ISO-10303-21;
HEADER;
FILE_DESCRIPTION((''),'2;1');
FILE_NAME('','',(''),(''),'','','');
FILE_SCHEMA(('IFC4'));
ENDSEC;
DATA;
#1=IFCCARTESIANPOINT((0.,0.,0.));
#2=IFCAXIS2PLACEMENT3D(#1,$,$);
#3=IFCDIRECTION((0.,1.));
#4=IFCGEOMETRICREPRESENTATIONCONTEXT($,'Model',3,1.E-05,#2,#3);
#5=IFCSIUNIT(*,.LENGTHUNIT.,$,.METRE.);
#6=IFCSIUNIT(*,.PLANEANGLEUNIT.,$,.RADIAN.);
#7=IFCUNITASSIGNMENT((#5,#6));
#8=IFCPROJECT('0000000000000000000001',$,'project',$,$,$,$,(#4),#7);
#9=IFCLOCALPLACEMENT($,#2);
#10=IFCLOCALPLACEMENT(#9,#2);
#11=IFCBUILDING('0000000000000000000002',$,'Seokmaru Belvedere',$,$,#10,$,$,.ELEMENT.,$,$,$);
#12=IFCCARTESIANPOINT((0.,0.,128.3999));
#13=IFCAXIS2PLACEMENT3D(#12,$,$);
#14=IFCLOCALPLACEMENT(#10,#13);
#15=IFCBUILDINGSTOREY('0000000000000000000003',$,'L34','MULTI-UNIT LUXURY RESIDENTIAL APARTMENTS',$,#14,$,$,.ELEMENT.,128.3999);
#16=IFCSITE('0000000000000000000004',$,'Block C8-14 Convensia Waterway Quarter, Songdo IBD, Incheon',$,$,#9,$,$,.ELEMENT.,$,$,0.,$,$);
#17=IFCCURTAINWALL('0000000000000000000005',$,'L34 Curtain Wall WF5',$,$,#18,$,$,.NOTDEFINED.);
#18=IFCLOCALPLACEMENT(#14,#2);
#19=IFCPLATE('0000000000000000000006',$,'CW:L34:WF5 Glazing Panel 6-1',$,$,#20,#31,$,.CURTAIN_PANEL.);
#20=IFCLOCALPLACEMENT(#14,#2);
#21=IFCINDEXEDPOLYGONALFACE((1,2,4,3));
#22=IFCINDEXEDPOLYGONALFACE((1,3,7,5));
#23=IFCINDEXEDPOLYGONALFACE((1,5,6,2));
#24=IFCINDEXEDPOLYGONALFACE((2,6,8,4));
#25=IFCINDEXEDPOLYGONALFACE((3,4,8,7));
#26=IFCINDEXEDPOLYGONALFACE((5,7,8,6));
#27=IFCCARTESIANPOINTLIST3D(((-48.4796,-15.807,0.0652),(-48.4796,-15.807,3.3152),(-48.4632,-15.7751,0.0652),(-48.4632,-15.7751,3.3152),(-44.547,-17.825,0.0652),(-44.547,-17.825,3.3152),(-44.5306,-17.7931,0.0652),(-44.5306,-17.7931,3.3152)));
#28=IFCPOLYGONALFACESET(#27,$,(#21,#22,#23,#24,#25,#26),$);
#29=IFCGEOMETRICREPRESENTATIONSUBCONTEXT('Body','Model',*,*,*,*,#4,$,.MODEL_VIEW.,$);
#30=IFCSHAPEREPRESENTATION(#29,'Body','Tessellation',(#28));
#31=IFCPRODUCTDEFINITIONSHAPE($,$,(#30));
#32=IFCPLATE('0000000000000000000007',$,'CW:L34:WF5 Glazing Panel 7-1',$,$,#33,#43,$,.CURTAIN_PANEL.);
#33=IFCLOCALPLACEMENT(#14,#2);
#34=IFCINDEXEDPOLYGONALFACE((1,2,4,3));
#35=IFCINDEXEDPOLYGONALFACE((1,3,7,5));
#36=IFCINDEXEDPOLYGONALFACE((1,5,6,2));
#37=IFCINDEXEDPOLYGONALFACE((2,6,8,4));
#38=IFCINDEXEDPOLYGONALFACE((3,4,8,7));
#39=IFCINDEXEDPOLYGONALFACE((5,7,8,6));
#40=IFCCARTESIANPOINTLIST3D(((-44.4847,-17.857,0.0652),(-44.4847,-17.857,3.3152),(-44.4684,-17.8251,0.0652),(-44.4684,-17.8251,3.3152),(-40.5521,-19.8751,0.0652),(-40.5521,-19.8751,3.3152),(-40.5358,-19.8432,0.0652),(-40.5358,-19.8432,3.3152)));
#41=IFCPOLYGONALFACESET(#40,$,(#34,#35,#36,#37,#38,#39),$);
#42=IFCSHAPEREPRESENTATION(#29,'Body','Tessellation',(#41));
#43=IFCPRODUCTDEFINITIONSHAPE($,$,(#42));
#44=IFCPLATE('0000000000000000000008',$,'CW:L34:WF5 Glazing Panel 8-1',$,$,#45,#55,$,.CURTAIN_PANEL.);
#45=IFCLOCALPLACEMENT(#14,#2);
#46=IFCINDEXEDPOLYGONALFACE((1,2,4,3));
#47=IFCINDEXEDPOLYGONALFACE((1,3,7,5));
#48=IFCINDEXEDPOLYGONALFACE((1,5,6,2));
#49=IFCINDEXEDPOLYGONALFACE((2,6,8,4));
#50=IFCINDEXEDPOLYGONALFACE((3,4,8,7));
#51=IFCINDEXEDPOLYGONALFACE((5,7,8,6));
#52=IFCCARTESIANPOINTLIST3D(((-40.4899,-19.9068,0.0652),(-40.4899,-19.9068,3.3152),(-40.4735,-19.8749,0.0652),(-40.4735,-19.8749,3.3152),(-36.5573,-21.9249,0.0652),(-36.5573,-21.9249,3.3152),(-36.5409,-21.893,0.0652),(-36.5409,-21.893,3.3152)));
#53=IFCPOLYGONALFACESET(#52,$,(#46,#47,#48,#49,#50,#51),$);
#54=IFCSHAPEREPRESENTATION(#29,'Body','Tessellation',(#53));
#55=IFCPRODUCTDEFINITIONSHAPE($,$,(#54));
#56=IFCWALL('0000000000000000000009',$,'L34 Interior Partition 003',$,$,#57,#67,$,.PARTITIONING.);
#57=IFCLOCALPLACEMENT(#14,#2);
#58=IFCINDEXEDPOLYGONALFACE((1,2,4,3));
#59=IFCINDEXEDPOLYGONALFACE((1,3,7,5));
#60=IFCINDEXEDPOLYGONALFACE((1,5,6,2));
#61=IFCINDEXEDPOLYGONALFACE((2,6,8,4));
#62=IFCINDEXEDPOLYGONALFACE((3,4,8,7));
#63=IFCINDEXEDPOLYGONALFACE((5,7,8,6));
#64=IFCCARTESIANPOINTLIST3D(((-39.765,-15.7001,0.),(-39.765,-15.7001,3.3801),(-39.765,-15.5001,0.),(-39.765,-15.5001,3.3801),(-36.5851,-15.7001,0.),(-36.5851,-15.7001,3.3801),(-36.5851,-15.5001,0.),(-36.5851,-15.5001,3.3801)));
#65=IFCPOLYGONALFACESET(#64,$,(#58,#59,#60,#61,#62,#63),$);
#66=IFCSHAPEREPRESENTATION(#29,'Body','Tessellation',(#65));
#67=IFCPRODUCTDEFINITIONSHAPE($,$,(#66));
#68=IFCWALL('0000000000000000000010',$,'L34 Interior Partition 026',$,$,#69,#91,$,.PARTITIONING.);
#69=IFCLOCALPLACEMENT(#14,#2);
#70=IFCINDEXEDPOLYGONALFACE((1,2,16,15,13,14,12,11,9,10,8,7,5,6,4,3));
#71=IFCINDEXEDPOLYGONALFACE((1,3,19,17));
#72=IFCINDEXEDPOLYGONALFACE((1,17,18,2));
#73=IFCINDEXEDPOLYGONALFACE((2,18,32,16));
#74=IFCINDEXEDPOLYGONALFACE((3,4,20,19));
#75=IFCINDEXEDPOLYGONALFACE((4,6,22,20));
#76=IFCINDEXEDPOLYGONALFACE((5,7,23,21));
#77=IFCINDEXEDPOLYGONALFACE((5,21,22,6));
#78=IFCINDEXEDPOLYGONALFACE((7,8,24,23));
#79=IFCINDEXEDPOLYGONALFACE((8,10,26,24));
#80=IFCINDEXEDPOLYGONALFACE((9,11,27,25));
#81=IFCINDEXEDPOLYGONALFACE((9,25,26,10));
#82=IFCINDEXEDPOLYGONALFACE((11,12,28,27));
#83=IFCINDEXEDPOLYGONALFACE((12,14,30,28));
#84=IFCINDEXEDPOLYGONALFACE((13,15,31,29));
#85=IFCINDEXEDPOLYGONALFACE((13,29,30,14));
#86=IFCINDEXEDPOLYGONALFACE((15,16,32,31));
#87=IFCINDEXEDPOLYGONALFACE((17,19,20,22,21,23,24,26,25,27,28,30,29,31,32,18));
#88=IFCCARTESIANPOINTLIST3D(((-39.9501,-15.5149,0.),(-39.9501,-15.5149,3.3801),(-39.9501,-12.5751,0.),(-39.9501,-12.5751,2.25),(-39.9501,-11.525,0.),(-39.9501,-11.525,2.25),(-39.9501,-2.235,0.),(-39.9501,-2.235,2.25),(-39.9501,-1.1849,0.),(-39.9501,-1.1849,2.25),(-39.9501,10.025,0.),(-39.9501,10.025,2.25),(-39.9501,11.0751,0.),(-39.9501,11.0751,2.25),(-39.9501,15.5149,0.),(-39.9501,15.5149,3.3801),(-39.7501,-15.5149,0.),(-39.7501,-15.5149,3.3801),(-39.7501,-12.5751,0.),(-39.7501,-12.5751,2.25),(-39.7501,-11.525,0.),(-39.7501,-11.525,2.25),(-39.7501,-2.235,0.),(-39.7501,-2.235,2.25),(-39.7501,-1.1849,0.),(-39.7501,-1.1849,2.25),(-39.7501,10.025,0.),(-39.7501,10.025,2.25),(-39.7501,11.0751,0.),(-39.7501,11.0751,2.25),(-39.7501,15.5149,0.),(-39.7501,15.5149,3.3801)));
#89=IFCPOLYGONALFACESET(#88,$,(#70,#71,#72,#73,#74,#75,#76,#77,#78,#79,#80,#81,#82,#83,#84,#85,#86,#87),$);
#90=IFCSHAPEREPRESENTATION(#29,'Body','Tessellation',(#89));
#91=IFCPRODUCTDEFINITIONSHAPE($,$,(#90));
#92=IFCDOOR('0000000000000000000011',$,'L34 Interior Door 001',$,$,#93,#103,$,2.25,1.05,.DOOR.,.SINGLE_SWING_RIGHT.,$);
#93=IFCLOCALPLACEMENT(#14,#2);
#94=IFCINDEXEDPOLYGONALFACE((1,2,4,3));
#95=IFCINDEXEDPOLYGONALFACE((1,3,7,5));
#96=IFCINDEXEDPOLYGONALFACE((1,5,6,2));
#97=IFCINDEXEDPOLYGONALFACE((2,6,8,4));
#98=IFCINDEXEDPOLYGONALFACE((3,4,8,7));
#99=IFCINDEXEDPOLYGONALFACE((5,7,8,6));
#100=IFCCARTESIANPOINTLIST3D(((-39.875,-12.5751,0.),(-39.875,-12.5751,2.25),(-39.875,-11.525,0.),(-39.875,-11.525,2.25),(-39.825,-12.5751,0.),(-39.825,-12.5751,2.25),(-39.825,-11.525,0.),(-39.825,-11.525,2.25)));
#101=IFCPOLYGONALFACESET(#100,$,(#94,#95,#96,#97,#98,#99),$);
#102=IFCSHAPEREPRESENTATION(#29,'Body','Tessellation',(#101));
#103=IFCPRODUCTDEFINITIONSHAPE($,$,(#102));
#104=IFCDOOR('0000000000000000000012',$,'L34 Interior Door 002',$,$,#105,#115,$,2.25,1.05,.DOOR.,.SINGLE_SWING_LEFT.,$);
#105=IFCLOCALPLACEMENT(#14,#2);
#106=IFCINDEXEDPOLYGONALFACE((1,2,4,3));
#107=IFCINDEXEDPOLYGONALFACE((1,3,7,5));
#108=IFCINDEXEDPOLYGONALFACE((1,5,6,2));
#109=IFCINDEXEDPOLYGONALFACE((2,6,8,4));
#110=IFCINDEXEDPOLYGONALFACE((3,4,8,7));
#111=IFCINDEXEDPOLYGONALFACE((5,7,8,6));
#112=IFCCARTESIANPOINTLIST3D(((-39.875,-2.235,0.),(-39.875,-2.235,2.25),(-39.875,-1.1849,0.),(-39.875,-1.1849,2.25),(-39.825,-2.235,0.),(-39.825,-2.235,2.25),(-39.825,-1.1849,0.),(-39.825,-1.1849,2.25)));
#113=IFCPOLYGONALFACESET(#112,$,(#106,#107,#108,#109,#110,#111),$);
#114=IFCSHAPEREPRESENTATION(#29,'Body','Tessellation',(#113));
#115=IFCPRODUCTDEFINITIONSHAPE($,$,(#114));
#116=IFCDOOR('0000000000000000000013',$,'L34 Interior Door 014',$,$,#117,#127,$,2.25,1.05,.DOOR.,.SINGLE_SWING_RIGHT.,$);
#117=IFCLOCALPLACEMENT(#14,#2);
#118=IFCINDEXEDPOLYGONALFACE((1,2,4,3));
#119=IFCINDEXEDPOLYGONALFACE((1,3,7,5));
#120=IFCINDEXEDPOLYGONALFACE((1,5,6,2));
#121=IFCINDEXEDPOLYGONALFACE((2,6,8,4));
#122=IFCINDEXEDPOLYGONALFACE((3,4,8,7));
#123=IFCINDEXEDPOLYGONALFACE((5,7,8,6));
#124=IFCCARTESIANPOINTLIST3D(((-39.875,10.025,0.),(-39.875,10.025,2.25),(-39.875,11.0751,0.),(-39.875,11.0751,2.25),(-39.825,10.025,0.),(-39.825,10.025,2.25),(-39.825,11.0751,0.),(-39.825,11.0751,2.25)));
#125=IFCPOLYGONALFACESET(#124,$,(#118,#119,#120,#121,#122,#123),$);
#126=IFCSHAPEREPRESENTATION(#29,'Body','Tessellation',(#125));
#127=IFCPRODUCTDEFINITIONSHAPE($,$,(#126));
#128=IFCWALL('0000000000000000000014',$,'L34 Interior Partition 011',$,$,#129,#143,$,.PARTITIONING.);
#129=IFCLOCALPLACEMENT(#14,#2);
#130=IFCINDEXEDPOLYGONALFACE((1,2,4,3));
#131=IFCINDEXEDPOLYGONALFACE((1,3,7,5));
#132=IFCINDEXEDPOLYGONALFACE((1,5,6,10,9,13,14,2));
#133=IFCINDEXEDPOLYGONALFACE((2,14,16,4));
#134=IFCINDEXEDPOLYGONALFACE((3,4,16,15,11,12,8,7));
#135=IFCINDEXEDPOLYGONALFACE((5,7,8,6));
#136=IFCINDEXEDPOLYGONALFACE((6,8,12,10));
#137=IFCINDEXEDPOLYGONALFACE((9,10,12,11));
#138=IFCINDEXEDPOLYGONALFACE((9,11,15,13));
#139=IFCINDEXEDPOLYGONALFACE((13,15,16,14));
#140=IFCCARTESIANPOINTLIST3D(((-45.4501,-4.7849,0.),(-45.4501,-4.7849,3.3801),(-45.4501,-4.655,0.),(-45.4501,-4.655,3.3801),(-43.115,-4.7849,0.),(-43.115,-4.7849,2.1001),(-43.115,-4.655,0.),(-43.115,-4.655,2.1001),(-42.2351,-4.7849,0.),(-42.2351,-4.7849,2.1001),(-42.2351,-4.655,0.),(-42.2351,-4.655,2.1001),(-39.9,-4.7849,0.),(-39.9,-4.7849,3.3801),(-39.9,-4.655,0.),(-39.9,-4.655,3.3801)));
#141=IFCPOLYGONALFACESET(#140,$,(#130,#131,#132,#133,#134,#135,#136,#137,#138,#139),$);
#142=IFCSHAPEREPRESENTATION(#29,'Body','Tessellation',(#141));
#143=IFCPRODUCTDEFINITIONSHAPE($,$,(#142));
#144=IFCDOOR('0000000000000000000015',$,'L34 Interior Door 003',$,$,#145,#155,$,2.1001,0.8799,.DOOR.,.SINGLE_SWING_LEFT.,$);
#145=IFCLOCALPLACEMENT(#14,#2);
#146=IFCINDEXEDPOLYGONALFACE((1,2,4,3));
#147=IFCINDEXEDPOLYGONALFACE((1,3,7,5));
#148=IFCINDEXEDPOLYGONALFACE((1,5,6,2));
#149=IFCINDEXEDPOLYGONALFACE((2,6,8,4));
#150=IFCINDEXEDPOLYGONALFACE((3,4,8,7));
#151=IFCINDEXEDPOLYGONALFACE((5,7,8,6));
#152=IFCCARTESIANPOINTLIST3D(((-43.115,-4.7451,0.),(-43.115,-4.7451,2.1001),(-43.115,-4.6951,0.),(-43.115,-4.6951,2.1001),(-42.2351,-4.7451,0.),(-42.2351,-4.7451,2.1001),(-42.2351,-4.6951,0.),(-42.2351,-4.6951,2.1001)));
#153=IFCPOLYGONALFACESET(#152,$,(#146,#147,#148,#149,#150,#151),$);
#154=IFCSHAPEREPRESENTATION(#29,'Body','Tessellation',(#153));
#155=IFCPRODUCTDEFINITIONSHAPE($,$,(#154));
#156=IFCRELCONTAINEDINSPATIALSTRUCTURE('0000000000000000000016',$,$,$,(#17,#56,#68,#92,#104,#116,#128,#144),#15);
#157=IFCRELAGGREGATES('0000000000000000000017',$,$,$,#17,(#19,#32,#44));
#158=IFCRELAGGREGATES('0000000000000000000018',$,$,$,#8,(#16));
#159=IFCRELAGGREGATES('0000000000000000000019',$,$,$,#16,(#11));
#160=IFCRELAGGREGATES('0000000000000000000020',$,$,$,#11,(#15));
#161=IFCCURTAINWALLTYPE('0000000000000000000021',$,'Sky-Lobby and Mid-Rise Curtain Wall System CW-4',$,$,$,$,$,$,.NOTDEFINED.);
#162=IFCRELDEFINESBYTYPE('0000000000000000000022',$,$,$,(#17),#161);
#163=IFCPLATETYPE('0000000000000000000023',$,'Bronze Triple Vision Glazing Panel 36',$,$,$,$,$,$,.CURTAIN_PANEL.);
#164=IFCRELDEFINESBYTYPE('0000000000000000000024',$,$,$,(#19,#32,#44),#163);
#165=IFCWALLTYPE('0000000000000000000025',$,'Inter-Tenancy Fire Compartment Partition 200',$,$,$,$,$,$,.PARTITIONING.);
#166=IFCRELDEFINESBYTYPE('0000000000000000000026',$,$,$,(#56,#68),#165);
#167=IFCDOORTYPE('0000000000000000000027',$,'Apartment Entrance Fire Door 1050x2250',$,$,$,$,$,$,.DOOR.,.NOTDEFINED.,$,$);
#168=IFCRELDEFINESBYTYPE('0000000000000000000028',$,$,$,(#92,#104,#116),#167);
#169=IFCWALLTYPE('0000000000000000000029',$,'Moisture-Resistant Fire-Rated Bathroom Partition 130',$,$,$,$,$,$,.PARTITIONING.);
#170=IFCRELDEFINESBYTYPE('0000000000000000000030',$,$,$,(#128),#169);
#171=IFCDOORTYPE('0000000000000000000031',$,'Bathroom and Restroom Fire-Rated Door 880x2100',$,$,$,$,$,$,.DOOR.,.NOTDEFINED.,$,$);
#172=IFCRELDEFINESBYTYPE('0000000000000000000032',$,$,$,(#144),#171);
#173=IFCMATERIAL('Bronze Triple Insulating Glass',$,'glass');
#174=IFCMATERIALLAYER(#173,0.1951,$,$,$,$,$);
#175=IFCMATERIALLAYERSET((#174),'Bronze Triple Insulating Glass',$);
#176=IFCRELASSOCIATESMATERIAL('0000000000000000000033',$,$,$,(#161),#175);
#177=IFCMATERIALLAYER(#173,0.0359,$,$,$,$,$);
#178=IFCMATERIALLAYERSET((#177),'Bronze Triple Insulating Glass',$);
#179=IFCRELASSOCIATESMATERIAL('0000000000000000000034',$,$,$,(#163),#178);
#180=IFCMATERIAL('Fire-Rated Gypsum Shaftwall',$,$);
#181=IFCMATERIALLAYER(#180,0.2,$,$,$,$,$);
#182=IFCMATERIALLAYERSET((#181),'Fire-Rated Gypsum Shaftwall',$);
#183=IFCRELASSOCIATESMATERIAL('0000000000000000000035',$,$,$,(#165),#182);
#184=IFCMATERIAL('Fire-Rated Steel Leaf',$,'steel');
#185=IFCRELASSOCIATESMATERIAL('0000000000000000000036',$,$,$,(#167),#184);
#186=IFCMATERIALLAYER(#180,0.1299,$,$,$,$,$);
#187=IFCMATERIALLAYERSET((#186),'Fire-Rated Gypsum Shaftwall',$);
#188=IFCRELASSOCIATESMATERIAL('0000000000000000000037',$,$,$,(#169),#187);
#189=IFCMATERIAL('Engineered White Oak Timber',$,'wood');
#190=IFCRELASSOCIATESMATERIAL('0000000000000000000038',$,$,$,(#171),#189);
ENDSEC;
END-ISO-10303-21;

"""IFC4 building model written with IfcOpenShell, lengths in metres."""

from ifc_helpers import new_model, si_unit, direction, frame, frame_2d, origin, origin_2d, place, context, subcontext, project, spatial, rectangle, extrude, source, transform, mapped, material, layer, layer_set, type_object, type_shapes, element, fill, aggregate, save


model = new_model("IFC4")

# Units and contexts
model_context = context("Model", 3, precision=1e-05, world=origin(), true_north=direction((0.0, 1.0)))
body_context = subcontext(model_context, "Body", "Model", "MODEL_VIEW")
ifc_project = project(units=[si_unit("LENGTHUNIT", "METRE"), si_unit("PLANEANGLEUNIT", "RADIAN")], contexts=[model_context])

# Site, building, storey
site_placement = place(None, origin())
site = spatial("IfcSite", under=ifc_project, at=site_placement, Name="Block C8-14 Convensia Waterway Quarter, Songdo IBD, Incheon", CompositionType="ELEMENT", RefElevation=0.0)
building_placement = place(site_placement, origin())
building = spatial("IfcBuilding", under=site, at=building_placement, Name="Seokmaru Belvedere", CompositionType="ELEMENT")
storey_placement = place(building_placement, frame((0.0, 0.0, 128.3999)))
storey = spatial("IfcBuildingStorey", under=building, at=storey_placement, Name="L34", Description="MULTI-UNIT LUXURY RESIDENTIAL APARTMENTS", CompositionType="ELEMENT", Elevation=128.3999)

# Curtain wall, plates
ifc_material_1 = material(Name="Bronze Triple Insulating Glass", Category="glass")
ifc_layer_1 = layer(ifc_material_1, 0.1951)
ifc_layer_set_1 = layer_set([ifc_layer_1], Name="Bronze Triple Insulating Glass")
curtain_wall_type = type_object("IfcCurtainWallType", Name="Sky-Lobby and Mid-Rise Curtain Wall System CW-4", PredefinedType="NOTDEFINED", material=ifc_layer_set_1)
curtain_wall_placement = place(storey_placement, origin())
curtain_wall = element("IfcCurtainWall", 1, at=curtain_wall_placement, inside=storey, type_object=curtain_wall_type, Name="L34 Curtain Wall WF5", PredefinedType="NOTDEFINED")
ifc_layer_2 = layer(ifc_material_1, 0.0359)
ifc_layer_set_2 = layer_set([ifc_layer_2], Name="Bronze Triple Insulating Glass")
plate_type = type_object("IfcPlateType", Name="Bronze Triple Vision Glazing Panel 36", PredefinedType="CURTAIN_PANEL", material=ifc_layer_set_2)
shared_shape_1 = source(origin(), body_context, "Body", "SweptSolid", [
    extrude(rectangle(XDim=4.4202, YDim=0.0359, at=origin_2d()), origin(), (0.0, 0.0, 1.0), 3.25),
])
type_shapes(plate_type, [shared_shape_1])
plate_1_placement = place(storey_placement, frame((-46.5051, -16.8, 0.0652), z_axis=(0.0, 0.0, 1.0), x_axis=(0.889695, -0.456555, 0.0)))
plate_1 = element("IfcPlate", 2, at=plate_1_placement, type_object=plate_type, Name="CW:L34:WF5 Glazing Panel 6-1", PredefinedType="CURTAIN_PANEL", context=body_context, shape_type="MappedRepresentation", body=[
    mapped(shared_shape_1, transform((0.0, 0.0, 0.0), scale=1.0)),
])
plate_2_placement = place(storey_placement, frame((-42.5103, -18.8501, 0.0652), z_axis=(0.0, 0.0, 1.0), x_axis=(0.889695, -0.456555, 0.0)))
plate_2 = element("IfcPlate", 3, at=plate_2_placement, type_object=plate_type, Name="CW:L34:WF5 Glazing Panel 7-1", PredefinedType="CURTAIN_PANEL", context=body_context, shape_type="MappedRepresentation", body=[
    mapped(shared_shape_1, transform((0.0, 0.0, 0.0), scale=1.0)),
])
plate_3_placement = place(storey_placement, frame((-38.5154, -20.8999, 0.0652), z_axis=(0.0, 0.0, 1.0), x_axis=(0.889695, -0.456555, 0.0)))
plate_3 = element("IfcPlate", 4, at=plate_3_placement, type_object=plate_type, Name="CW:L34:WF5 Glazing Panel 8-1", PredefinedType="CURTAIN_PANEL", context=body_context, shape_type="MappedRepresentation", body=[
    mapped(shared_shape_1, transform((0.0, 0.0, 0.0), scale=1.0)),
])
aggregate(curtain_wall, [plate_1, plate_2, plate_3])

# Wall
ifc_material_2 = material(Name="Fire-Rated Gypsum Shaftwall")
ifc_layer_3 = layer(ifc_material_2, 0.2)
ifc_layer_set_3 = layer_set([ifc_layer_3], Name="Fire-Rated Gypsum Shaftwall")
wall_type_1 = type_object("IfcWallType", Name="Inter-Tenancy Fire Compartment Partition 200", PredefinedType="PARTITIONING", material=ifc_layer_set_3)
wall_1_placement = place(storey_placement, frame((-39.7649, -15.6001, 0.0), z_axis=(0.0, 0.0, 1.0), x_axis=(1.0, 0.0, 0.0)))
element("IfcWall", 5, at=wall_1_placement, inside=storey, type_object=wall_type_1, Name="L34 Interior Partition 003", PredefinedType="PARTITIONING", context=body_context, shape_type="SweptSolid", body=[
    extrude(rectangle(XDim=3.1799, YDim=0.2, at=frame_2d((1.5898, 0.0))), origin(), (0.0, 0.0, 1.0), 3.3801),
])

# Wall, openings, doors
wall_2_placement = place(storey_placement, frame((-39.8501, -15.5149, 0.0), z_axis=(0.0, 0.0, 1.0), x_axis=(0.0, 1.0, 0.0)))
wall_2 = element("IfcWall", 6, at=wall_2_placement, inside=storey, type_object=wall_type_1, Name="L34 Interior Partition 026", PredefinedType="PARTITIONING", context=body_context, shape_type="SweptSolid", body=[
    extrude(rectangle(XDim=31.0298, YDim=0.2, at=frame_2d((15.5149, 0.0))), origin(), (0.0, 0.0, 1.0), 3.3801),
])
opening_1_placement = place(wall_2_placement, frame((2.9399, 0.0, 0.0)))
opening_1 = element("IfcOpeningElement", 7, at=opening_1_placement, cuts=wall_2, PredefinedType="OPENING", context=body_context, shape_type="SweptSolid", body=[
    extrude(rectangle(XDim=1.05, YDim=2.25, at=frame_2d((0.5249, 1.125))), frame((0.0, 0.1099, 0.0), z_axis=(0.0, -1.0, 0.0), x_axis=(1.0, 0.0, 0.0)), (0.0, 0.0, 1.0), 0.22),
])
opening_2_placement = place(wall_2_placement, frame((13.28, 0.0, 0.0)))
opening_2 = element("IfcOpeningElement", 8, at=opening_2_placement, cuts=wall_2, PredefinedType="OPENING", context=body_context, shape_type="SweptSolid", body=[
    extrude(rectangle(XDim=1.05, YDim=2.25, at=frame_2d((0.5249, 1.125))), frame((0.0, 0.1099, 0.0), z_axis=(0.0, -1.0, 0.0), x_axis=(1.0, 0.0, 0.0)), (0.0, 0.0, 1.0), 0.22),
])
opening_3_placement = place(wall_2_placement, frame((25.54, 0.0, 0.0)))
opening_3 = element("IfcOpeningElement", 9, at=opening_3_placement, cuts=wall_2, PredefinedType="OPENING", context=body_context, shape_type="SweptSolid", body=[
    extrude(rectangle(XDim=1.05, YDim=2.25, at=frame_2d((0.5249, 1.125))), frame((0.0, 0.1099, 0.0), z_axis=(0.0, -1.0, 0.0), x_axis=(1.0, 0.0, 0.0)), (0.0, 0.0, 1.0), 0.22),
])
ifc_material_3 = material(Name="Fire-Rated Steel Leaf", Category="steel")
door_type_1 = type_object("IfcDoorType", Name="Apartment Entrance Fire Door 1050x2250", OperationType="NOTDEFINED", PredefinedType="DOOR", material=ifc_material_3)
shared_shape_2 = source(origin(), body_context, "Body", "SweptSolid", [
    extrude(rectangle(XDim=1.05, YDim=2.25, at=frame_2d((0.5249, 1.125))), frame((0.0, 0.0249, 0.0), z_axis=(0.0, -1.0, 0.0), x_axis=(1.0, 0.0, 0.0)), (0.0, 0.0, 1.0), 0.05),
])
type_shapes(door_type_1, [shared_shape_2])
door_1_placement = place(opening_1_placement, origin())
door_1 = element("IfcDoor", 10, at=door_1_placement, inside=storey, type_object=door_type_1, Name="L34 Interior Door 001", OperationType="SINGLE_SWING_RIGHT", OverallHeight=2.25, OverallWidth=1.05, PredefinedType="DOOR", context=body_context, shape_type="MappedRepresentation", body=[
    mapped(shared_shape_2, transform((0.0, 0.0, 0.0), scale=1.0)),
])
fill(opening_1, door_1)
door_2_placement = place(opening_2_placement, origin())
door_2 = element("IfcDoor", 11, at=door_2_placement, inside=storey, type_object=door_type_1, Name="L34 Interior Door 002", OperationType="SINGLE_SWING_LEFT", OverallHeight=2.25, OverallWidth=1.05, PredefinedType="DOOR", context=body_context, shape_type="MappedRepresentation", body=[
    mapped(shared_shape_2, transform((0.0, 0.0, 0.0), scale=1.0)),
])
fill(opening_2, door_2)
door_3_placement = place(opening_3_placement, origin())
door_3 = element("IfcDoor", 12, at=door_3_placement, inside=storey, type_object=door_type_1, Name="L34 Interior Door 014", OperationType="SINGLE_SWING_RIGHT", OverallHeight=2.25, OverallWidth=1.05, PredefinedType="DOOR", context=body_context, shape_type="MappedRepresentation", body=[
    mapped(shared_shape_2, transform((0.0, 0.0, 0.0), scale=1.0)),
])
fill(opening_3, door_3)

# Wall, opening, door
ifc_layer_4 = layer(ifc_material_2, 0.1299)
ifc_layer_set_4 = layer_set([ifc_layer_4], Name="Fire-Rated Gypsum Shaftwall")
wall_type_2 = type_object("IfcWallType", Name="Moisture-Resistant Fire-Rated Bathroom Partition 130", PredefinedType="PARTITIONING", material=ifc_layer_set_4)
wall_3_placement = place(storey_placement, frame((-45.45, -4.72, 0.0), z_axis=(0.0, 0.0, 1.0), x_axis=(1.0, 0.0, 0.0)))
wall_3 = element("IfcWall", 13, at=wall_3_placement, inside=storey, type_object=wall_type_2, Name="L34 Interior Partition 011", PredefinedType="PARTITIONING", context=body_context, shape_type="SweptSolid", body=[
    extrude(rectangle(XDim=5.55, YDim=0.1299, at=frame_2d((2.7749, 0.0))), origin(), (0.0, 0.0, 1.0), 3.3801),
])
opening_4_placement = place(wall_3_placement, frame((2.335, 0.0, 0.0)))
opening_4 = element("IfcOpeningElement", 14, at=opening_4_placement, cuts=wall_3, PredefinedType="OPENING", context=body_context, shape_type="SweptSolid", body=[
    extrude(rectangle(XDim=0.8799, YDim=2.1001, at=frame_2d((0.4399, 1.05))), frame((0.0, 0.075, 0.0), z_axis=(0.0, -1.0, 0.0), x_axis=(1.0, 0.0, 0.0)), (0.0, 0.0, 1.0), 0.1499),
])
ifc_material_4 = material(Name="Engineered White Oak Timber", Category="wood")
door_type_2 = type_object("IfcDoorType", Name="Bathroom and Restroom Fire-Rated Door 880x2100", OperationType="NOTDEFINED", PredefinedType="DOOR", material=ifc_material_4)
shared_shape_3 = source(origin(), body_context, "Body", "SweptSolid", [
    extrude(rectangle(XDim=0.8799, YDim=2.1001, at=frame_2d((0.4399, 1.05))), frame((0.0, 0.0249, 0.0), z_axis=(0.0, -1.0, 0.0), x_axis=(1.0, 0.0, 0.0)), (0.0, 0.0, 1.0), 0.05),
])
type_shapes(door_type_2, [shared_shape_3])
door_4_placement = place(opening_4_placement, origin())
door_4 = element("IfcDoor", 15, at=door_4_placement, inside=storey, type_object=door_type_2, Name="L34 Interior Door 003", OperationType="SINGLE_SWING_LEFT", OverallHeight=2.1001, OverallWidth=0.8799, PredefinedType="DOOR", context=body_context, shape_type="MappedRepresentation", body=[
    mapped(shared_shape_3, transform((0.0, 0.0, 0.0), scale=1.0)),
])
fill(opening_4, door_4)

save(model, "model.ifc")
